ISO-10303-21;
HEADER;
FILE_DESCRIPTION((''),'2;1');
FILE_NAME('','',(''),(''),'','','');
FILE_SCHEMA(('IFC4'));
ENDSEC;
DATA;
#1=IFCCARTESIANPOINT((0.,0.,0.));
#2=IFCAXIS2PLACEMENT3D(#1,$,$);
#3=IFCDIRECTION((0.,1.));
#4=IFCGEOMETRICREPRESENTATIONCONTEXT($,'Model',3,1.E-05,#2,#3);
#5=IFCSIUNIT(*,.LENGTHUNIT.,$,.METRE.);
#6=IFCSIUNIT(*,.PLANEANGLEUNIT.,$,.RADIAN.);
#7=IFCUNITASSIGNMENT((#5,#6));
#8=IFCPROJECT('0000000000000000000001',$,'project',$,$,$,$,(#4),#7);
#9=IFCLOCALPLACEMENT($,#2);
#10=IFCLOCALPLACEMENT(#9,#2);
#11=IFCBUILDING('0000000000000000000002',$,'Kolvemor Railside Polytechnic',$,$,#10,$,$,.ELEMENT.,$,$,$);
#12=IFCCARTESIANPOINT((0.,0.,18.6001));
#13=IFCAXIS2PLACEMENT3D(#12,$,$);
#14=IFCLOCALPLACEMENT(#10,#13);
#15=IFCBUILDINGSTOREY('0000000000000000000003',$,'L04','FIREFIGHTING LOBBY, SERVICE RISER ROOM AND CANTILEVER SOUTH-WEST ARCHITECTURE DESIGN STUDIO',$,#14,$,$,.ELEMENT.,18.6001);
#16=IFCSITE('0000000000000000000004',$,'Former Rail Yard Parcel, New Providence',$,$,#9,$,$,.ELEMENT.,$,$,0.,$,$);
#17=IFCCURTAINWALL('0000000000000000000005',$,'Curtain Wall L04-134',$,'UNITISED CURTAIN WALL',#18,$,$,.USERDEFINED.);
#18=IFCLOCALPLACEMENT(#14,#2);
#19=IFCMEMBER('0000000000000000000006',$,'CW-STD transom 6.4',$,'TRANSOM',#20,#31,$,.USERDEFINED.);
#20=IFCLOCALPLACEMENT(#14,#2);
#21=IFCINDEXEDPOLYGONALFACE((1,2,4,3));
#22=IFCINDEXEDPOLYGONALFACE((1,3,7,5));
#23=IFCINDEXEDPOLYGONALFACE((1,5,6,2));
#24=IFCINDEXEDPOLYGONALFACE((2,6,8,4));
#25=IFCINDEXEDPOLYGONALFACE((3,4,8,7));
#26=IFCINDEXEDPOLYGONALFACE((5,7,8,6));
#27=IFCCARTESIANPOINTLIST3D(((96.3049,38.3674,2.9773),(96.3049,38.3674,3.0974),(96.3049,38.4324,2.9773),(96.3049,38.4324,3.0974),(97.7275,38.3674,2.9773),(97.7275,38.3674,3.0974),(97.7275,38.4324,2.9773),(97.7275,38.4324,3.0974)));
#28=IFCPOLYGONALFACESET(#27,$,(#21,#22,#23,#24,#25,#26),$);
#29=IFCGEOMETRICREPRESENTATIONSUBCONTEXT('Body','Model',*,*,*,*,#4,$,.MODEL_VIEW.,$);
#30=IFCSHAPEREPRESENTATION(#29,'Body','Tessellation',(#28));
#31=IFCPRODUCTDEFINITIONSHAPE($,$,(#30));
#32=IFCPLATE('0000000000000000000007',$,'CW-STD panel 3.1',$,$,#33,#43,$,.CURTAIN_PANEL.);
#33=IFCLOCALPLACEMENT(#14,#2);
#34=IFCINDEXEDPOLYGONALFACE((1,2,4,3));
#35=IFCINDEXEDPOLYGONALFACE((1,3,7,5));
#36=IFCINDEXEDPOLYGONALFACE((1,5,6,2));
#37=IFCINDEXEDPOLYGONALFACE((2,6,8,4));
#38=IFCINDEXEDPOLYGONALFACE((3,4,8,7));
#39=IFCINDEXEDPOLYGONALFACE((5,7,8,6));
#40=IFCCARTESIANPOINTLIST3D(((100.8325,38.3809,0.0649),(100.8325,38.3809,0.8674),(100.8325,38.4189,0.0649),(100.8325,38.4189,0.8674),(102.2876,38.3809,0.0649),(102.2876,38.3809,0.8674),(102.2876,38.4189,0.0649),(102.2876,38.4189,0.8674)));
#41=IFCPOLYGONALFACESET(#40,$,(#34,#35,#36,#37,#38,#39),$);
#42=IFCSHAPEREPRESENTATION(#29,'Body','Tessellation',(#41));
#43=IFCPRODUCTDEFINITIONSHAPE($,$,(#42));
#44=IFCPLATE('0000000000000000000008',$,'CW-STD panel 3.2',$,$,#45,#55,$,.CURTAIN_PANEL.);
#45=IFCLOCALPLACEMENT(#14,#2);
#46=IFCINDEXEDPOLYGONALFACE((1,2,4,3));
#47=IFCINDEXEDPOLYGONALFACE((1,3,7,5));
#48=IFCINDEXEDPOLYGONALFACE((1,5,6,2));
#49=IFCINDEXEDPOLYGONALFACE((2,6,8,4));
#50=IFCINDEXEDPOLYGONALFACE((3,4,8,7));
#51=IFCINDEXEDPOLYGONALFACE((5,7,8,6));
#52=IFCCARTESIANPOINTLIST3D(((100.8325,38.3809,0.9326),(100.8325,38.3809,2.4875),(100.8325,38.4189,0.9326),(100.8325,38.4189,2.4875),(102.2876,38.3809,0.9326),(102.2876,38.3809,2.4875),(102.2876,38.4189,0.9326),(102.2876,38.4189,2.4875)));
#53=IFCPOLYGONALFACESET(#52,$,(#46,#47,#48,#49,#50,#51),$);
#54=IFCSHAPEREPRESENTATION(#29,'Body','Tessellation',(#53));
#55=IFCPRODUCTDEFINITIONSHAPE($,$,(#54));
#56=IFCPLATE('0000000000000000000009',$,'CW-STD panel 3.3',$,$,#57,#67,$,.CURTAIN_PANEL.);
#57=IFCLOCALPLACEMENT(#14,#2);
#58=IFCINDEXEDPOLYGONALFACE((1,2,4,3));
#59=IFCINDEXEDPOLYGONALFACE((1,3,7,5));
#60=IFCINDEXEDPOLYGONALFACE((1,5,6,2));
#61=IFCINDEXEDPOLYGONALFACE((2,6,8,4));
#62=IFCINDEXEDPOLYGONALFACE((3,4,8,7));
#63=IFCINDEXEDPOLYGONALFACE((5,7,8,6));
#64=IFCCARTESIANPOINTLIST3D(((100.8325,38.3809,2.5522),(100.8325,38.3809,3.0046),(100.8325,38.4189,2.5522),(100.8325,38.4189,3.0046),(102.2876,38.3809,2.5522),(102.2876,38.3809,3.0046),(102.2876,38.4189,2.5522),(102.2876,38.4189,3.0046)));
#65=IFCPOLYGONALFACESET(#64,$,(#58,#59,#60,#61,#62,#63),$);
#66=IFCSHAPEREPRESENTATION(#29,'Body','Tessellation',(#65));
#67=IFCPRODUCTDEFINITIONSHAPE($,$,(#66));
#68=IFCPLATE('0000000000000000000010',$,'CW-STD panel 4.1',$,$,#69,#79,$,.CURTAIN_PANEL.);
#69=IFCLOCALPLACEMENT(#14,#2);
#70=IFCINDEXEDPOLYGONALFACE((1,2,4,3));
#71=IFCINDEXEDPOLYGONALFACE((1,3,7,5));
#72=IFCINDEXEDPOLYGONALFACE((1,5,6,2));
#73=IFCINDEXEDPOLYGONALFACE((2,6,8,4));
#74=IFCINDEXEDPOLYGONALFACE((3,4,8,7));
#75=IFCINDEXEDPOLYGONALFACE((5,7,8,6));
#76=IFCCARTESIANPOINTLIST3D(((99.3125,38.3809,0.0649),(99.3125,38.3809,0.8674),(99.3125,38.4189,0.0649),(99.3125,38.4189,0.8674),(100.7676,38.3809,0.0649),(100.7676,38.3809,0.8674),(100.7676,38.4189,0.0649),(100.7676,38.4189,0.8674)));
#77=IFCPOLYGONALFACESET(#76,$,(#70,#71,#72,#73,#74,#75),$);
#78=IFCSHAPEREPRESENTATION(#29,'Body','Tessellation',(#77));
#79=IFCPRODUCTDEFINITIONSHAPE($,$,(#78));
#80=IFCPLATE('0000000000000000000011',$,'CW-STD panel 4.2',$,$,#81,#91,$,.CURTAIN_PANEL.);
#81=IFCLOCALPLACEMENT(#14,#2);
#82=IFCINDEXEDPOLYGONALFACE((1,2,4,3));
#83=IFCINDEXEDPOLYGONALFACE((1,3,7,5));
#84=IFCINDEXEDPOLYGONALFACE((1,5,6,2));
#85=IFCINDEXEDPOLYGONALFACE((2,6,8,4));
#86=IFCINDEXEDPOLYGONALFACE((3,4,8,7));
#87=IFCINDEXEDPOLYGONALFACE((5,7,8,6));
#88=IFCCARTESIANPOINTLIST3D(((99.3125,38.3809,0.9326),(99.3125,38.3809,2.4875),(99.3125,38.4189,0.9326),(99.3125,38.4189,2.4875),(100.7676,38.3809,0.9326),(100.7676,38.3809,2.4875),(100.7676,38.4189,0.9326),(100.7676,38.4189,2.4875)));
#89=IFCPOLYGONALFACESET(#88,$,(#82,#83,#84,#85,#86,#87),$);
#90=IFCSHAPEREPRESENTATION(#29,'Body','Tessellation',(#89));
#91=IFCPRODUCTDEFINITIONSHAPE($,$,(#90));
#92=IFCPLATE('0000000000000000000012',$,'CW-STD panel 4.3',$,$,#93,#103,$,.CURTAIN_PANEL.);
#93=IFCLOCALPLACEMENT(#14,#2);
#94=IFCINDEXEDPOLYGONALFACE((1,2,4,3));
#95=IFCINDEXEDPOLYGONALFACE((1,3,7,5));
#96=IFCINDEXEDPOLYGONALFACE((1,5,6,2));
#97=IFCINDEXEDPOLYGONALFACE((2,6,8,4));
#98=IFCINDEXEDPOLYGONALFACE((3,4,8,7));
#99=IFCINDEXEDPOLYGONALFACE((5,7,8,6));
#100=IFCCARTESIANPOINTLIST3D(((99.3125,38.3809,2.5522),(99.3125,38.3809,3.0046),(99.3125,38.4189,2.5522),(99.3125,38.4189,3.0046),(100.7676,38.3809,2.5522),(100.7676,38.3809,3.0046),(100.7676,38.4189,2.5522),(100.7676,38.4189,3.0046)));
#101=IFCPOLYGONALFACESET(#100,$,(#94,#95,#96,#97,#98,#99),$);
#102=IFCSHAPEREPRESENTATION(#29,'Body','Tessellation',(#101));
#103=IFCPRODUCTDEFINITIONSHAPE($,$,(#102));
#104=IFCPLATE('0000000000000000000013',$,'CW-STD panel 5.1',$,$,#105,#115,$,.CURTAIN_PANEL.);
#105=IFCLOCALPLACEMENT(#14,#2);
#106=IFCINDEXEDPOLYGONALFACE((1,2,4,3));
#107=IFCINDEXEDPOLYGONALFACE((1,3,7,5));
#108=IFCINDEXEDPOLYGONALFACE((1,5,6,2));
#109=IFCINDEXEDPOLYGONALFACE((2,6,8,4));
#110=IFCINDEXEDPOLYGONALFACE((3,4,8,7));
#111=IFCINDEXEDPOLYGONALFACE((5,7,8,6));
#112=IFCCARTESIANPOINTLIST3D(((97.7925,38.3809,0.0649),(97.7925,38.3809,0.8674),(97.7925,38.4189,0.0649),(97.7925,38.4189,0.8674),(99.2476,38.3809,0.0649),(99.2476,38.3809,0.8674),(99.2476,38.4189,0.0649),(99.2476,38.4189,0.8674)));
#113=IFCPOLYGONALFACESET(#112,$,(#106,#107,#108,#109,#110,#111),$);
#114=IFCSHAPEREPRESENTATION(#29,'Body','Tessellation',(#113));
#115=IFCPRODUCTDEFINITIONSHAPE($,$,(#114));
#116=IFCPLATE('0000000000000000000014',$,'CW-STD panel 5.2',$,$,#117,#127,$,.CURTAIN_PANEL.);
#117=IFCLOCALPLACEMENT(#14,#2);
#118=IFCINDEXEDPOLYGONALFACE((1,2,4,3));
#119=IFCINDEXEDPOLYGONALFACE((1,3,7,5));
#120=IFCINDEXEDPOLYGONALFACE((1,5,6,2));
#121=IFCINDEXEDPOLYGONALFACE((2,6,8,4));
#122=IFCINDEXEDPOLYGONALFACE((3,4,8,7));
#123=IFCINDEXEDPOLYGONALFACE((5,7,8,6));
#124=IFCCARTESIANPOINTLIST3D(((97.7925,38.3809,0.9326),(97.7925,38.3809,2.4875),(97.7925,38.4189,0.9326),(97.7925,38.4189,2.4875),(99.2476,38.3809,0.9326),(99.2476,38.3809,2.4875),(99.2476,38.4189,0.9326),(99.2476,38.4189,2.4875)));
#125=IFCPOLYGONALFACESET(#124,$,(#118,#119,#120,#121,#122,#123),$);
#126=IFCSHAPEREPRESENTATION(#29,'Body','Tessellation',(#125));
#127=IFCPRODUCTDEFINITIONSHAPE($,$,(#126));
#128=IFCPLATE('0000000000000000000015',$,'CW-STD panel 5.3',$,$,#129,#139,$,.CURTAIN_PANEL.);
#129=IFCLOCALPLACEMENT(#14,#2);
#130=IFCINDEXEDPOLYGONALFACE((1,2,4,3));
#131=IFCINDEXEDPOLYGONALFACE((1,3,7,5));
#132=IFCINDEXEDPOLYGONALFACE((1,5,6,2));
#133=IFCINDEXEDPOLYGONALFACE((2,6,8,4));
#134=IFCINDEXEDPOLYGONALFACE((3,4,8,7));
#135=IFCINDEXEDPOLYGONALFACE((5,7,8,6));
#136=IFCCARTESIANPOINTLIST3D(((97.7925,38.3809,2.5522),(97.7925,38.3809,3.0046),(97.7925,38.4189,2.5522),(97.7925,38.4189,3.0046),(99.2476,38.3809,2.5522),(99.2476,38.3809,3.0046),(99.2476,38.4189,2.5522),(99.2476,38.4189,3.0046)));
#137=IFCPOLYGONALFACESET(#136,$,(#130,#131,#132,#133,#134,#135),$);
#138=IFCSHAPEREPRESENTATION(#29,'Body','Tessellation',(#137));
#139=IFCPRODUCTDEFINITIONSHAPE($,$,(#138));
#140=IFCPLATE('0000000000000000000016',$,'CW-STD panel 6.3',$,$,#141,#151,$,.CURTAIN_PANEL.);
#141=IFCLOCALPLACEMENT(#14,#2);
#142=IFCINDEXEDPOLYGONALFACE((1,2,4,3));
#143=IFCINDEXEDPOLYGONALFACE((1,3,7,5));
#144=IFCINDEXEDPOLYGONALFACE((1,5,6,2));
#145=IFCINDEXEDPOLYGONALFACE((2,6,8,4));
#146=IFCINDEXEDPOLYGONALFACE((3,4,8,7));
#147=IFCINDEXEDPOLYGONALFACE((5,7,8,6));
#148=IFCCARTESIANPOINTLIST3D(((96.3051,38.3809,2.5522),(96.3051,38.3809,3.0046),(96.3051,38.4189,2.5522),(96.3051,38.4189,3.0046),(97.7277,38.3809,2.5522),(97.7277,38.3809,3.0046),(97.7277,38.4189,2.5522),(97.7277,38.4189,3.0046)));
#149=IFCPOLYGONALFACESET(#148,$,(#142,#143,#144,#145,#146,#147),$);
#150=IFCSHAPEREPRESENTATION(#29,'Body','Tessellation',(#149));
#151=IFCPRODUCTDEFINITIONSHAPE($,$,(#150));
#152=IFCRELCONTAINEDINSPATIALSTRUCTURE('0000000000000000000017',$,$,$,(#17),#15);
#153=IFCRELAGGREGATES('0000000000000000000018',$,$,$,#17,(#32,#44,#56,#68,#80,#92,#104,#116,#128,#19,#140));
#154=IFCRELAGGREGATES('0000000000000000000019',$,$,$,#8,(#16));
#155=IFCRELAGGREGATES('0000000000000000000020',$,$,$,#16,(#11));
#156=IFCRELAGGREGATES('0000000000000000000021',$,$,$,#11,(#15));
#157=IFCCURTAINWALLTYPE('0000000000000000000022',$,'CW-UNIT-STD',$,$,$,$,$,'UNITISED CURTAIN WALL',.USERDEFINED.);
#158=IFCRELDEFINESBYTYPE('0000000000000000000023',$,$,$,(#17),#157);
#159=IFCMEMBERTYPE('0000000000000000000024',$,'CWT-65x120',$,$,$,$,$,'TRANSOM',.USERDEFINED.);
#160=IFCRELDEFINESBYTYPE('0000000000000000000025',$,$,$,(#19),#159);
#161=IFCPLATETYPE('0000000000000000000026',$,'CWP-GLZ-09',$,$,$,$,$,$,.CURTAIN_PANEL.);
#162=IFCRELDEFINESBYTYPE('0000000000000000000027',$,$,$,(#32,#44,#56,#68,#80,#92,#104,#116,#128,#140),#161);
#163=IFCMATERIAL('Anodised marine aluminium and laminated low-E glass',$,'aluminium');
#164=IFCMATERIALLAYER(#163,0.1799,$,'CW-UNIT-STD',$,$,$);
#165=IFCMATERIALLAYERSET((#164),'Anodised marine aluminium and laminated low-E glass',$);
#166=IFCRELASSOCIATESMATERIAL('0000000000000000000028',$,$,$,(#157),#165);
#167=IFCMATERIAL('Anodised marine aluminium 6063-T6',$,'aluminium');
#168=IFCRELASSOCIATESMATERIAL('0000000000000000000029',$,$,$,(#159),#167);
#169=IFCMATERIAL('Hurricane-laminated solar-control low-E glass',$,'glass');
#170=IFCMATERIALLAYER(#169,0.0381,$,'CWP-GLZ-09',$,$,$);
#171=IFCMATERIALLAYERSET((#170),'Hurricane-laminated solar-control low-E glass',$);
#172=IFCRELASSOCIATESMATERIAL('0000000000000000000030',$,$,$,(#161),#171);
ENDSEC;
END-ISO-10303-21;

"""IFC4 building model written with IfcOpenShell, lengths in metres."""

from ifc_helpers import new_model, si_unit, direction, frame, origin, origin_2d, place, context, subcontext, project, spatial, rectangle, extrude, material, layer, layer_set, material_profile, profile_set, type_object, element, aggregate, save


model = new_model("IFC4")

# Units and contexts
model_context = context("Model", 3, precision=1e-05, world=origin(), true_north=direction((0.0, 1.0)))
body_context = subcontext(model_context, "Body", "Model", "MODEL_VIEW")
ifc_project = project(units=[si_unit("LENGTHUNIT", "METRE"), si_unit("PLANEANGLEUNIT", "RADIAN")], contexts=[model_context])

# Site, building, storey
site_placement = place(None, origin())
site = spatial("IfcSite", under=ifc_project, at=site_placement, Name="Former Rail Yard Parcel, New Providence", CompositionType="ELEMENT", RefElevation=0.0)
building_placement = place(site_placement, origin())
building = spatial("IfcBuilding", under=site, at=building_placement, Name="Kolvemor Railside Polytechnic", CompositionType="ELEMENT")
storey_placement = place(building_placement, frame((0.0, 0.0, 18.6001)))
storey = spatial("IfcBuildingStorey", under=building, at=storey_placement, Name="L04", Description="FIREFIGHTING LOBBY, SERVICE RISER ROOM AND CANTILEVER SOUTH-WEST ARCHITECTURE DESIGN STUDIO", CompositionType="ELEMENT", Elevation=18.6001)

# Curtain wall, member, plates
ifc_material_1 = material(Name="Anodised marine aluminium and laminated low-E glass", Category="aluminium")
ifc_layer_1 = layer(ifc_material_1, 0.1799, Name="CW-UNIT-STD")
ifc_layer_set_1 = layer_set([ifc_layer_1], Name="Anodised marine aluminium and laminated low-E glass")
curtain_wall_type = type_object("IfcCurtainWallType", Name="CW-UNIT-STD", ElementType="UNITISED CURTAIN WALL", PredefinedType="USERDEFINED", material=ifc_layer_set_1)
curtain_wall_placement = place(storey_placement, origin())
curtain_wall = element("IfcCurtainWall", 1, at=curtain_wall_placement, inside=storey, type_object=curtain_wall_type, Name="Curtain Wall L04-134", ObjectType="UNITISED CURTAIN WALL", PredefinedType="USERDEFINED")
ifc_material_2 = material(Name="Anodised marine aluminium 6063-T6", Category="aluminium")
ifc_material_profile_1 = material_profile(ifc_material_2, rectangle(XDim=0.0649, YDim=0.1201, at=origin_2d()), Name="CW-TRN-65x120")
ifc_profile_set_1 = profile_set([ifc_material_profile_1], Name="Anodised marine aluminium 6063-T6")
member_type_1 = type_object("IfcMemberType", Name="CWT-65x120", ElementType="TRANSOM", PredefinedType="USERDEFINED", material=ifc_profile_set_1)
member_1_placement = place(storey_placement, frame((97.7275, 38.3999, 3.0374), z_axis=(-1.0, 0.0, 0.0), x_axis=(0.0, -1.0, 0.0)))
member_1 = element("IfcMember", 2, at=member_1_placement, type_object=member_type_1, Name="CW-STD transom 6.4", ObjectType="TRANSOM", PredefinedType="USERDEFINED", context=body_context, shape_type="SweptSolid", body=[
    extrude(rectangle(XDim=0.0649, YDim=0.1201, at=origin_2d()), origin(), (0.0, 0.0, 1.0), 1.4226),
])
ifc_material_3 = material(Name="Hurricane-laminated solar-control low-E glass", Category="glass")
ifc_layer_2 = layer(ifc_material_3, 0.0381, Name="CWP-GLZ-09")
ifc_layer_set_2 = layer_set([ifc_layer_2], Name="Hurricane-laminated solar-control low-E glass")
plate_type = type_object("IfcPlateType", Name="CWP-GLZ-09", PredefinedType="CURTAIN_PANEL", material=ifc_layer_set_2)
plate_1_placement = place(storey_placement, frame((101.5601, 38.3999, 0.0649), z_axis=(0.0, 0.0, 1.0), x_axis=(-1.0, 0.0, 0.0)))
plate_1 = element("IfcPlate", 3, at=plate_1_placement, type_object=plate_type, Name="CW-STD panel 3.1", PredefinedType="CURTAIN_PANEL", context=body_context, shape_type="SweptSolid", body=[
    extrude(rectangle(XDim=1.4551, YDim=0.0381, at=origin_2d()), origin(), (0.0, 0.0, 1.0), 0.8025),
])
plate_2_placement = place(storey_placement, frame((101.5601, 38.3999, 0.9326), z_axis=(0.0, 0.0, 1.0), x_axis=(-1.0, 0.0, 0.0)))
plate_2 = element("IfcPlate", 4, at=plate_2_placement, type_object=plate_type, Name="CW-STD panel 3.2", PredefinedType="CURTAIN_PANEL", context=body_context, shape_type="SweptSolid", body=[
    extrude(rectangle(XDim=1.4551, YDim=0.0381, at=origin_2d()), origin(), (0.0, 0.0, 1.0), 1.5549),
])
plate_3_placement = place(storey_placement, frame((101.5601, 38.3999, 2.5522), z_axis=(0.0, 0.0, 1.0), x_axis=(-1.0, 0.0, 0.0)))
plate_3 = element("IfcPlate", 5, at=plate_3_placement, type_object=plate_type, Name="CW-STD panel 3.3", PredefinedType="CURTAIN_PANEL", context=body_context, shape_type="SweptSolid", body=[
    extrude(rectangle(XDim=1.4551, YDim=0.0381, at=origin_2d()), origin(), (0.0, 0.0, 1.0), 0.4524),
])
plate_4_placement = place(storey_placement, frame((100.04, 38.3999, 0.0649), z_axis=(0.0, 0.0, 1.0), x_axis=(-1.0, 0.0, 0.0)))
plate_4 = element("IfcPlate", 6, at=plate_4_placement, type_object=plate_type, Name="CW-STD panel 4.1", PredefinedType="CURTAIN_PANEL", context=body_context, shape_type="SweptSolid", body=[
    extrude(rectangle(XDim=1.4551, YDim=0.0381, at=origin_2d()), origin(), (0.0, 0.0, 1.0), 0.8025),
])
plate_5_placement = place(storey_placement, frame((100.04, 38.3999, 0.9326), z_axis=(0.0, 0.0, 1.0), x_axis=(-1.0, 0.0, 0.0)))
plate_5 = element("IfcPlate", 7, at=plate_5_placement, type_object=plate_type, Name="CW-STD panel 4.2", PredefinedType="CURTAIN_PANEL", context=body_context, shape_type="SweptSolid", body=[
    extrude(rectangle(XDim=1.4551, YDim=0.0381, at=origin_2d()), origin(), (0.0, 0.0, 1.0), 1.5549),
])
plate_6_placement = place(storey_placement, frame((100.04, 38.3999, 2.5522), z_axis=(0.0, 0.0, 1.0), x_axis=(-1.0, 0.0, 0.0)))
plate_6 = element("IfcPlate", 8, at=plate_6_placement, type_object=plate_type, Name="CW-STD panel 4.3", PredefinedType="CURTAIN_PANEL", context=body_context, shape_type="SweptSolid", body=[
    extrude(rectangle(XDim=1.4551, YDim=0.0381, at=origin_2d()), origin(), (0.0, 0.0, 1.0), 0.4524),
])
plate_7_placement = place(storey_placement, frame((98.52, 38.3999, 0.0649), z_axis=(0.0, 0.0, 1.0), x_axis=(-1.0, 0.0, 0.0)))
plate_7 = element("IfcPlate", 9, at=plate_7_placement, type_object=plate_type, Name="CW-STD panel 5.1", PredefinedType="CURTAIN_PANEL", context=body_context, shape_type="SweptSolid", body=[
    extrude(rectangle(XDim=1.4551, YDim=0.0381, at=origin_2d()), origin(), (0.0, 0.0, 1.0), 0.8025),
])
plate_8_placement = place(storey_placement, frame((98.52, 38.3999, 0.9326), z_axis=(0.0, 0.0, 1.0), x_axis=(-1.0, 0.0, 0.0)))
plate_8 = element("IfcPlate", 10, at=plate_8_placement, type_object=plate_type, Name="CW-STD panel 5.2", PredefinedType="CURTAIN_PANEL", context=body_context, shape_type="SweptSolid", body=[
    extrude(rectangle(XDim=1.4551, YDim=0.0381, at=origin_2d()), origin(), (0.0, 0.0, 1.0), 1.5549),
])
plate_9_placement = place(storey_placement, frame((98.52, 38.3999, 2.5522), z_axis=(0.0, 0.0, 1.0), x_axis=(-1.0, 0.0, 0.0)))
plate_9 = element("IfcPlate", 11, at=plate_9_placement, type_object=plate_type, Name="CW-STD panel 5.3", PredefinedType="CURTAIN_PANEL", context=body_context, shape_type="SweptSolid", body=[
    extrude(rectangle(XDim=1.4551, YDim=0.0381, at=origin_2d()), origin(), (0.0, 0.0, 1.0), 0.4524),
])
plate_10_placement = place(storey_placement, frame((97.0164, 38.3999, 2.5522), z_axis=(0.0, 0.0, 1.0), x_axis=(-1.0, 0.0, 0.0)))
plate_10 = element("IfcPlate", 12, at=plate_10_placement, type_object=plate_type, Name="CW-STD panel 6.3", PredefinedType="CURTAIN_PANEL", context=body_context, shape_type="SweptSolid", body=[
    extrude(rectangle(XDim=1.4226, YDim=0.0381, at=origin_2d()), origin(), (0.0, 0.0, 1.0), 0.4524),
])
aggregate(curtain_wall, [plate_1, plate_2, plate_3, plate_4, plate_5, plate_6, plate_7, plate_8, plate_9, member_1, plate_10])

save(model, "model.ifc")
